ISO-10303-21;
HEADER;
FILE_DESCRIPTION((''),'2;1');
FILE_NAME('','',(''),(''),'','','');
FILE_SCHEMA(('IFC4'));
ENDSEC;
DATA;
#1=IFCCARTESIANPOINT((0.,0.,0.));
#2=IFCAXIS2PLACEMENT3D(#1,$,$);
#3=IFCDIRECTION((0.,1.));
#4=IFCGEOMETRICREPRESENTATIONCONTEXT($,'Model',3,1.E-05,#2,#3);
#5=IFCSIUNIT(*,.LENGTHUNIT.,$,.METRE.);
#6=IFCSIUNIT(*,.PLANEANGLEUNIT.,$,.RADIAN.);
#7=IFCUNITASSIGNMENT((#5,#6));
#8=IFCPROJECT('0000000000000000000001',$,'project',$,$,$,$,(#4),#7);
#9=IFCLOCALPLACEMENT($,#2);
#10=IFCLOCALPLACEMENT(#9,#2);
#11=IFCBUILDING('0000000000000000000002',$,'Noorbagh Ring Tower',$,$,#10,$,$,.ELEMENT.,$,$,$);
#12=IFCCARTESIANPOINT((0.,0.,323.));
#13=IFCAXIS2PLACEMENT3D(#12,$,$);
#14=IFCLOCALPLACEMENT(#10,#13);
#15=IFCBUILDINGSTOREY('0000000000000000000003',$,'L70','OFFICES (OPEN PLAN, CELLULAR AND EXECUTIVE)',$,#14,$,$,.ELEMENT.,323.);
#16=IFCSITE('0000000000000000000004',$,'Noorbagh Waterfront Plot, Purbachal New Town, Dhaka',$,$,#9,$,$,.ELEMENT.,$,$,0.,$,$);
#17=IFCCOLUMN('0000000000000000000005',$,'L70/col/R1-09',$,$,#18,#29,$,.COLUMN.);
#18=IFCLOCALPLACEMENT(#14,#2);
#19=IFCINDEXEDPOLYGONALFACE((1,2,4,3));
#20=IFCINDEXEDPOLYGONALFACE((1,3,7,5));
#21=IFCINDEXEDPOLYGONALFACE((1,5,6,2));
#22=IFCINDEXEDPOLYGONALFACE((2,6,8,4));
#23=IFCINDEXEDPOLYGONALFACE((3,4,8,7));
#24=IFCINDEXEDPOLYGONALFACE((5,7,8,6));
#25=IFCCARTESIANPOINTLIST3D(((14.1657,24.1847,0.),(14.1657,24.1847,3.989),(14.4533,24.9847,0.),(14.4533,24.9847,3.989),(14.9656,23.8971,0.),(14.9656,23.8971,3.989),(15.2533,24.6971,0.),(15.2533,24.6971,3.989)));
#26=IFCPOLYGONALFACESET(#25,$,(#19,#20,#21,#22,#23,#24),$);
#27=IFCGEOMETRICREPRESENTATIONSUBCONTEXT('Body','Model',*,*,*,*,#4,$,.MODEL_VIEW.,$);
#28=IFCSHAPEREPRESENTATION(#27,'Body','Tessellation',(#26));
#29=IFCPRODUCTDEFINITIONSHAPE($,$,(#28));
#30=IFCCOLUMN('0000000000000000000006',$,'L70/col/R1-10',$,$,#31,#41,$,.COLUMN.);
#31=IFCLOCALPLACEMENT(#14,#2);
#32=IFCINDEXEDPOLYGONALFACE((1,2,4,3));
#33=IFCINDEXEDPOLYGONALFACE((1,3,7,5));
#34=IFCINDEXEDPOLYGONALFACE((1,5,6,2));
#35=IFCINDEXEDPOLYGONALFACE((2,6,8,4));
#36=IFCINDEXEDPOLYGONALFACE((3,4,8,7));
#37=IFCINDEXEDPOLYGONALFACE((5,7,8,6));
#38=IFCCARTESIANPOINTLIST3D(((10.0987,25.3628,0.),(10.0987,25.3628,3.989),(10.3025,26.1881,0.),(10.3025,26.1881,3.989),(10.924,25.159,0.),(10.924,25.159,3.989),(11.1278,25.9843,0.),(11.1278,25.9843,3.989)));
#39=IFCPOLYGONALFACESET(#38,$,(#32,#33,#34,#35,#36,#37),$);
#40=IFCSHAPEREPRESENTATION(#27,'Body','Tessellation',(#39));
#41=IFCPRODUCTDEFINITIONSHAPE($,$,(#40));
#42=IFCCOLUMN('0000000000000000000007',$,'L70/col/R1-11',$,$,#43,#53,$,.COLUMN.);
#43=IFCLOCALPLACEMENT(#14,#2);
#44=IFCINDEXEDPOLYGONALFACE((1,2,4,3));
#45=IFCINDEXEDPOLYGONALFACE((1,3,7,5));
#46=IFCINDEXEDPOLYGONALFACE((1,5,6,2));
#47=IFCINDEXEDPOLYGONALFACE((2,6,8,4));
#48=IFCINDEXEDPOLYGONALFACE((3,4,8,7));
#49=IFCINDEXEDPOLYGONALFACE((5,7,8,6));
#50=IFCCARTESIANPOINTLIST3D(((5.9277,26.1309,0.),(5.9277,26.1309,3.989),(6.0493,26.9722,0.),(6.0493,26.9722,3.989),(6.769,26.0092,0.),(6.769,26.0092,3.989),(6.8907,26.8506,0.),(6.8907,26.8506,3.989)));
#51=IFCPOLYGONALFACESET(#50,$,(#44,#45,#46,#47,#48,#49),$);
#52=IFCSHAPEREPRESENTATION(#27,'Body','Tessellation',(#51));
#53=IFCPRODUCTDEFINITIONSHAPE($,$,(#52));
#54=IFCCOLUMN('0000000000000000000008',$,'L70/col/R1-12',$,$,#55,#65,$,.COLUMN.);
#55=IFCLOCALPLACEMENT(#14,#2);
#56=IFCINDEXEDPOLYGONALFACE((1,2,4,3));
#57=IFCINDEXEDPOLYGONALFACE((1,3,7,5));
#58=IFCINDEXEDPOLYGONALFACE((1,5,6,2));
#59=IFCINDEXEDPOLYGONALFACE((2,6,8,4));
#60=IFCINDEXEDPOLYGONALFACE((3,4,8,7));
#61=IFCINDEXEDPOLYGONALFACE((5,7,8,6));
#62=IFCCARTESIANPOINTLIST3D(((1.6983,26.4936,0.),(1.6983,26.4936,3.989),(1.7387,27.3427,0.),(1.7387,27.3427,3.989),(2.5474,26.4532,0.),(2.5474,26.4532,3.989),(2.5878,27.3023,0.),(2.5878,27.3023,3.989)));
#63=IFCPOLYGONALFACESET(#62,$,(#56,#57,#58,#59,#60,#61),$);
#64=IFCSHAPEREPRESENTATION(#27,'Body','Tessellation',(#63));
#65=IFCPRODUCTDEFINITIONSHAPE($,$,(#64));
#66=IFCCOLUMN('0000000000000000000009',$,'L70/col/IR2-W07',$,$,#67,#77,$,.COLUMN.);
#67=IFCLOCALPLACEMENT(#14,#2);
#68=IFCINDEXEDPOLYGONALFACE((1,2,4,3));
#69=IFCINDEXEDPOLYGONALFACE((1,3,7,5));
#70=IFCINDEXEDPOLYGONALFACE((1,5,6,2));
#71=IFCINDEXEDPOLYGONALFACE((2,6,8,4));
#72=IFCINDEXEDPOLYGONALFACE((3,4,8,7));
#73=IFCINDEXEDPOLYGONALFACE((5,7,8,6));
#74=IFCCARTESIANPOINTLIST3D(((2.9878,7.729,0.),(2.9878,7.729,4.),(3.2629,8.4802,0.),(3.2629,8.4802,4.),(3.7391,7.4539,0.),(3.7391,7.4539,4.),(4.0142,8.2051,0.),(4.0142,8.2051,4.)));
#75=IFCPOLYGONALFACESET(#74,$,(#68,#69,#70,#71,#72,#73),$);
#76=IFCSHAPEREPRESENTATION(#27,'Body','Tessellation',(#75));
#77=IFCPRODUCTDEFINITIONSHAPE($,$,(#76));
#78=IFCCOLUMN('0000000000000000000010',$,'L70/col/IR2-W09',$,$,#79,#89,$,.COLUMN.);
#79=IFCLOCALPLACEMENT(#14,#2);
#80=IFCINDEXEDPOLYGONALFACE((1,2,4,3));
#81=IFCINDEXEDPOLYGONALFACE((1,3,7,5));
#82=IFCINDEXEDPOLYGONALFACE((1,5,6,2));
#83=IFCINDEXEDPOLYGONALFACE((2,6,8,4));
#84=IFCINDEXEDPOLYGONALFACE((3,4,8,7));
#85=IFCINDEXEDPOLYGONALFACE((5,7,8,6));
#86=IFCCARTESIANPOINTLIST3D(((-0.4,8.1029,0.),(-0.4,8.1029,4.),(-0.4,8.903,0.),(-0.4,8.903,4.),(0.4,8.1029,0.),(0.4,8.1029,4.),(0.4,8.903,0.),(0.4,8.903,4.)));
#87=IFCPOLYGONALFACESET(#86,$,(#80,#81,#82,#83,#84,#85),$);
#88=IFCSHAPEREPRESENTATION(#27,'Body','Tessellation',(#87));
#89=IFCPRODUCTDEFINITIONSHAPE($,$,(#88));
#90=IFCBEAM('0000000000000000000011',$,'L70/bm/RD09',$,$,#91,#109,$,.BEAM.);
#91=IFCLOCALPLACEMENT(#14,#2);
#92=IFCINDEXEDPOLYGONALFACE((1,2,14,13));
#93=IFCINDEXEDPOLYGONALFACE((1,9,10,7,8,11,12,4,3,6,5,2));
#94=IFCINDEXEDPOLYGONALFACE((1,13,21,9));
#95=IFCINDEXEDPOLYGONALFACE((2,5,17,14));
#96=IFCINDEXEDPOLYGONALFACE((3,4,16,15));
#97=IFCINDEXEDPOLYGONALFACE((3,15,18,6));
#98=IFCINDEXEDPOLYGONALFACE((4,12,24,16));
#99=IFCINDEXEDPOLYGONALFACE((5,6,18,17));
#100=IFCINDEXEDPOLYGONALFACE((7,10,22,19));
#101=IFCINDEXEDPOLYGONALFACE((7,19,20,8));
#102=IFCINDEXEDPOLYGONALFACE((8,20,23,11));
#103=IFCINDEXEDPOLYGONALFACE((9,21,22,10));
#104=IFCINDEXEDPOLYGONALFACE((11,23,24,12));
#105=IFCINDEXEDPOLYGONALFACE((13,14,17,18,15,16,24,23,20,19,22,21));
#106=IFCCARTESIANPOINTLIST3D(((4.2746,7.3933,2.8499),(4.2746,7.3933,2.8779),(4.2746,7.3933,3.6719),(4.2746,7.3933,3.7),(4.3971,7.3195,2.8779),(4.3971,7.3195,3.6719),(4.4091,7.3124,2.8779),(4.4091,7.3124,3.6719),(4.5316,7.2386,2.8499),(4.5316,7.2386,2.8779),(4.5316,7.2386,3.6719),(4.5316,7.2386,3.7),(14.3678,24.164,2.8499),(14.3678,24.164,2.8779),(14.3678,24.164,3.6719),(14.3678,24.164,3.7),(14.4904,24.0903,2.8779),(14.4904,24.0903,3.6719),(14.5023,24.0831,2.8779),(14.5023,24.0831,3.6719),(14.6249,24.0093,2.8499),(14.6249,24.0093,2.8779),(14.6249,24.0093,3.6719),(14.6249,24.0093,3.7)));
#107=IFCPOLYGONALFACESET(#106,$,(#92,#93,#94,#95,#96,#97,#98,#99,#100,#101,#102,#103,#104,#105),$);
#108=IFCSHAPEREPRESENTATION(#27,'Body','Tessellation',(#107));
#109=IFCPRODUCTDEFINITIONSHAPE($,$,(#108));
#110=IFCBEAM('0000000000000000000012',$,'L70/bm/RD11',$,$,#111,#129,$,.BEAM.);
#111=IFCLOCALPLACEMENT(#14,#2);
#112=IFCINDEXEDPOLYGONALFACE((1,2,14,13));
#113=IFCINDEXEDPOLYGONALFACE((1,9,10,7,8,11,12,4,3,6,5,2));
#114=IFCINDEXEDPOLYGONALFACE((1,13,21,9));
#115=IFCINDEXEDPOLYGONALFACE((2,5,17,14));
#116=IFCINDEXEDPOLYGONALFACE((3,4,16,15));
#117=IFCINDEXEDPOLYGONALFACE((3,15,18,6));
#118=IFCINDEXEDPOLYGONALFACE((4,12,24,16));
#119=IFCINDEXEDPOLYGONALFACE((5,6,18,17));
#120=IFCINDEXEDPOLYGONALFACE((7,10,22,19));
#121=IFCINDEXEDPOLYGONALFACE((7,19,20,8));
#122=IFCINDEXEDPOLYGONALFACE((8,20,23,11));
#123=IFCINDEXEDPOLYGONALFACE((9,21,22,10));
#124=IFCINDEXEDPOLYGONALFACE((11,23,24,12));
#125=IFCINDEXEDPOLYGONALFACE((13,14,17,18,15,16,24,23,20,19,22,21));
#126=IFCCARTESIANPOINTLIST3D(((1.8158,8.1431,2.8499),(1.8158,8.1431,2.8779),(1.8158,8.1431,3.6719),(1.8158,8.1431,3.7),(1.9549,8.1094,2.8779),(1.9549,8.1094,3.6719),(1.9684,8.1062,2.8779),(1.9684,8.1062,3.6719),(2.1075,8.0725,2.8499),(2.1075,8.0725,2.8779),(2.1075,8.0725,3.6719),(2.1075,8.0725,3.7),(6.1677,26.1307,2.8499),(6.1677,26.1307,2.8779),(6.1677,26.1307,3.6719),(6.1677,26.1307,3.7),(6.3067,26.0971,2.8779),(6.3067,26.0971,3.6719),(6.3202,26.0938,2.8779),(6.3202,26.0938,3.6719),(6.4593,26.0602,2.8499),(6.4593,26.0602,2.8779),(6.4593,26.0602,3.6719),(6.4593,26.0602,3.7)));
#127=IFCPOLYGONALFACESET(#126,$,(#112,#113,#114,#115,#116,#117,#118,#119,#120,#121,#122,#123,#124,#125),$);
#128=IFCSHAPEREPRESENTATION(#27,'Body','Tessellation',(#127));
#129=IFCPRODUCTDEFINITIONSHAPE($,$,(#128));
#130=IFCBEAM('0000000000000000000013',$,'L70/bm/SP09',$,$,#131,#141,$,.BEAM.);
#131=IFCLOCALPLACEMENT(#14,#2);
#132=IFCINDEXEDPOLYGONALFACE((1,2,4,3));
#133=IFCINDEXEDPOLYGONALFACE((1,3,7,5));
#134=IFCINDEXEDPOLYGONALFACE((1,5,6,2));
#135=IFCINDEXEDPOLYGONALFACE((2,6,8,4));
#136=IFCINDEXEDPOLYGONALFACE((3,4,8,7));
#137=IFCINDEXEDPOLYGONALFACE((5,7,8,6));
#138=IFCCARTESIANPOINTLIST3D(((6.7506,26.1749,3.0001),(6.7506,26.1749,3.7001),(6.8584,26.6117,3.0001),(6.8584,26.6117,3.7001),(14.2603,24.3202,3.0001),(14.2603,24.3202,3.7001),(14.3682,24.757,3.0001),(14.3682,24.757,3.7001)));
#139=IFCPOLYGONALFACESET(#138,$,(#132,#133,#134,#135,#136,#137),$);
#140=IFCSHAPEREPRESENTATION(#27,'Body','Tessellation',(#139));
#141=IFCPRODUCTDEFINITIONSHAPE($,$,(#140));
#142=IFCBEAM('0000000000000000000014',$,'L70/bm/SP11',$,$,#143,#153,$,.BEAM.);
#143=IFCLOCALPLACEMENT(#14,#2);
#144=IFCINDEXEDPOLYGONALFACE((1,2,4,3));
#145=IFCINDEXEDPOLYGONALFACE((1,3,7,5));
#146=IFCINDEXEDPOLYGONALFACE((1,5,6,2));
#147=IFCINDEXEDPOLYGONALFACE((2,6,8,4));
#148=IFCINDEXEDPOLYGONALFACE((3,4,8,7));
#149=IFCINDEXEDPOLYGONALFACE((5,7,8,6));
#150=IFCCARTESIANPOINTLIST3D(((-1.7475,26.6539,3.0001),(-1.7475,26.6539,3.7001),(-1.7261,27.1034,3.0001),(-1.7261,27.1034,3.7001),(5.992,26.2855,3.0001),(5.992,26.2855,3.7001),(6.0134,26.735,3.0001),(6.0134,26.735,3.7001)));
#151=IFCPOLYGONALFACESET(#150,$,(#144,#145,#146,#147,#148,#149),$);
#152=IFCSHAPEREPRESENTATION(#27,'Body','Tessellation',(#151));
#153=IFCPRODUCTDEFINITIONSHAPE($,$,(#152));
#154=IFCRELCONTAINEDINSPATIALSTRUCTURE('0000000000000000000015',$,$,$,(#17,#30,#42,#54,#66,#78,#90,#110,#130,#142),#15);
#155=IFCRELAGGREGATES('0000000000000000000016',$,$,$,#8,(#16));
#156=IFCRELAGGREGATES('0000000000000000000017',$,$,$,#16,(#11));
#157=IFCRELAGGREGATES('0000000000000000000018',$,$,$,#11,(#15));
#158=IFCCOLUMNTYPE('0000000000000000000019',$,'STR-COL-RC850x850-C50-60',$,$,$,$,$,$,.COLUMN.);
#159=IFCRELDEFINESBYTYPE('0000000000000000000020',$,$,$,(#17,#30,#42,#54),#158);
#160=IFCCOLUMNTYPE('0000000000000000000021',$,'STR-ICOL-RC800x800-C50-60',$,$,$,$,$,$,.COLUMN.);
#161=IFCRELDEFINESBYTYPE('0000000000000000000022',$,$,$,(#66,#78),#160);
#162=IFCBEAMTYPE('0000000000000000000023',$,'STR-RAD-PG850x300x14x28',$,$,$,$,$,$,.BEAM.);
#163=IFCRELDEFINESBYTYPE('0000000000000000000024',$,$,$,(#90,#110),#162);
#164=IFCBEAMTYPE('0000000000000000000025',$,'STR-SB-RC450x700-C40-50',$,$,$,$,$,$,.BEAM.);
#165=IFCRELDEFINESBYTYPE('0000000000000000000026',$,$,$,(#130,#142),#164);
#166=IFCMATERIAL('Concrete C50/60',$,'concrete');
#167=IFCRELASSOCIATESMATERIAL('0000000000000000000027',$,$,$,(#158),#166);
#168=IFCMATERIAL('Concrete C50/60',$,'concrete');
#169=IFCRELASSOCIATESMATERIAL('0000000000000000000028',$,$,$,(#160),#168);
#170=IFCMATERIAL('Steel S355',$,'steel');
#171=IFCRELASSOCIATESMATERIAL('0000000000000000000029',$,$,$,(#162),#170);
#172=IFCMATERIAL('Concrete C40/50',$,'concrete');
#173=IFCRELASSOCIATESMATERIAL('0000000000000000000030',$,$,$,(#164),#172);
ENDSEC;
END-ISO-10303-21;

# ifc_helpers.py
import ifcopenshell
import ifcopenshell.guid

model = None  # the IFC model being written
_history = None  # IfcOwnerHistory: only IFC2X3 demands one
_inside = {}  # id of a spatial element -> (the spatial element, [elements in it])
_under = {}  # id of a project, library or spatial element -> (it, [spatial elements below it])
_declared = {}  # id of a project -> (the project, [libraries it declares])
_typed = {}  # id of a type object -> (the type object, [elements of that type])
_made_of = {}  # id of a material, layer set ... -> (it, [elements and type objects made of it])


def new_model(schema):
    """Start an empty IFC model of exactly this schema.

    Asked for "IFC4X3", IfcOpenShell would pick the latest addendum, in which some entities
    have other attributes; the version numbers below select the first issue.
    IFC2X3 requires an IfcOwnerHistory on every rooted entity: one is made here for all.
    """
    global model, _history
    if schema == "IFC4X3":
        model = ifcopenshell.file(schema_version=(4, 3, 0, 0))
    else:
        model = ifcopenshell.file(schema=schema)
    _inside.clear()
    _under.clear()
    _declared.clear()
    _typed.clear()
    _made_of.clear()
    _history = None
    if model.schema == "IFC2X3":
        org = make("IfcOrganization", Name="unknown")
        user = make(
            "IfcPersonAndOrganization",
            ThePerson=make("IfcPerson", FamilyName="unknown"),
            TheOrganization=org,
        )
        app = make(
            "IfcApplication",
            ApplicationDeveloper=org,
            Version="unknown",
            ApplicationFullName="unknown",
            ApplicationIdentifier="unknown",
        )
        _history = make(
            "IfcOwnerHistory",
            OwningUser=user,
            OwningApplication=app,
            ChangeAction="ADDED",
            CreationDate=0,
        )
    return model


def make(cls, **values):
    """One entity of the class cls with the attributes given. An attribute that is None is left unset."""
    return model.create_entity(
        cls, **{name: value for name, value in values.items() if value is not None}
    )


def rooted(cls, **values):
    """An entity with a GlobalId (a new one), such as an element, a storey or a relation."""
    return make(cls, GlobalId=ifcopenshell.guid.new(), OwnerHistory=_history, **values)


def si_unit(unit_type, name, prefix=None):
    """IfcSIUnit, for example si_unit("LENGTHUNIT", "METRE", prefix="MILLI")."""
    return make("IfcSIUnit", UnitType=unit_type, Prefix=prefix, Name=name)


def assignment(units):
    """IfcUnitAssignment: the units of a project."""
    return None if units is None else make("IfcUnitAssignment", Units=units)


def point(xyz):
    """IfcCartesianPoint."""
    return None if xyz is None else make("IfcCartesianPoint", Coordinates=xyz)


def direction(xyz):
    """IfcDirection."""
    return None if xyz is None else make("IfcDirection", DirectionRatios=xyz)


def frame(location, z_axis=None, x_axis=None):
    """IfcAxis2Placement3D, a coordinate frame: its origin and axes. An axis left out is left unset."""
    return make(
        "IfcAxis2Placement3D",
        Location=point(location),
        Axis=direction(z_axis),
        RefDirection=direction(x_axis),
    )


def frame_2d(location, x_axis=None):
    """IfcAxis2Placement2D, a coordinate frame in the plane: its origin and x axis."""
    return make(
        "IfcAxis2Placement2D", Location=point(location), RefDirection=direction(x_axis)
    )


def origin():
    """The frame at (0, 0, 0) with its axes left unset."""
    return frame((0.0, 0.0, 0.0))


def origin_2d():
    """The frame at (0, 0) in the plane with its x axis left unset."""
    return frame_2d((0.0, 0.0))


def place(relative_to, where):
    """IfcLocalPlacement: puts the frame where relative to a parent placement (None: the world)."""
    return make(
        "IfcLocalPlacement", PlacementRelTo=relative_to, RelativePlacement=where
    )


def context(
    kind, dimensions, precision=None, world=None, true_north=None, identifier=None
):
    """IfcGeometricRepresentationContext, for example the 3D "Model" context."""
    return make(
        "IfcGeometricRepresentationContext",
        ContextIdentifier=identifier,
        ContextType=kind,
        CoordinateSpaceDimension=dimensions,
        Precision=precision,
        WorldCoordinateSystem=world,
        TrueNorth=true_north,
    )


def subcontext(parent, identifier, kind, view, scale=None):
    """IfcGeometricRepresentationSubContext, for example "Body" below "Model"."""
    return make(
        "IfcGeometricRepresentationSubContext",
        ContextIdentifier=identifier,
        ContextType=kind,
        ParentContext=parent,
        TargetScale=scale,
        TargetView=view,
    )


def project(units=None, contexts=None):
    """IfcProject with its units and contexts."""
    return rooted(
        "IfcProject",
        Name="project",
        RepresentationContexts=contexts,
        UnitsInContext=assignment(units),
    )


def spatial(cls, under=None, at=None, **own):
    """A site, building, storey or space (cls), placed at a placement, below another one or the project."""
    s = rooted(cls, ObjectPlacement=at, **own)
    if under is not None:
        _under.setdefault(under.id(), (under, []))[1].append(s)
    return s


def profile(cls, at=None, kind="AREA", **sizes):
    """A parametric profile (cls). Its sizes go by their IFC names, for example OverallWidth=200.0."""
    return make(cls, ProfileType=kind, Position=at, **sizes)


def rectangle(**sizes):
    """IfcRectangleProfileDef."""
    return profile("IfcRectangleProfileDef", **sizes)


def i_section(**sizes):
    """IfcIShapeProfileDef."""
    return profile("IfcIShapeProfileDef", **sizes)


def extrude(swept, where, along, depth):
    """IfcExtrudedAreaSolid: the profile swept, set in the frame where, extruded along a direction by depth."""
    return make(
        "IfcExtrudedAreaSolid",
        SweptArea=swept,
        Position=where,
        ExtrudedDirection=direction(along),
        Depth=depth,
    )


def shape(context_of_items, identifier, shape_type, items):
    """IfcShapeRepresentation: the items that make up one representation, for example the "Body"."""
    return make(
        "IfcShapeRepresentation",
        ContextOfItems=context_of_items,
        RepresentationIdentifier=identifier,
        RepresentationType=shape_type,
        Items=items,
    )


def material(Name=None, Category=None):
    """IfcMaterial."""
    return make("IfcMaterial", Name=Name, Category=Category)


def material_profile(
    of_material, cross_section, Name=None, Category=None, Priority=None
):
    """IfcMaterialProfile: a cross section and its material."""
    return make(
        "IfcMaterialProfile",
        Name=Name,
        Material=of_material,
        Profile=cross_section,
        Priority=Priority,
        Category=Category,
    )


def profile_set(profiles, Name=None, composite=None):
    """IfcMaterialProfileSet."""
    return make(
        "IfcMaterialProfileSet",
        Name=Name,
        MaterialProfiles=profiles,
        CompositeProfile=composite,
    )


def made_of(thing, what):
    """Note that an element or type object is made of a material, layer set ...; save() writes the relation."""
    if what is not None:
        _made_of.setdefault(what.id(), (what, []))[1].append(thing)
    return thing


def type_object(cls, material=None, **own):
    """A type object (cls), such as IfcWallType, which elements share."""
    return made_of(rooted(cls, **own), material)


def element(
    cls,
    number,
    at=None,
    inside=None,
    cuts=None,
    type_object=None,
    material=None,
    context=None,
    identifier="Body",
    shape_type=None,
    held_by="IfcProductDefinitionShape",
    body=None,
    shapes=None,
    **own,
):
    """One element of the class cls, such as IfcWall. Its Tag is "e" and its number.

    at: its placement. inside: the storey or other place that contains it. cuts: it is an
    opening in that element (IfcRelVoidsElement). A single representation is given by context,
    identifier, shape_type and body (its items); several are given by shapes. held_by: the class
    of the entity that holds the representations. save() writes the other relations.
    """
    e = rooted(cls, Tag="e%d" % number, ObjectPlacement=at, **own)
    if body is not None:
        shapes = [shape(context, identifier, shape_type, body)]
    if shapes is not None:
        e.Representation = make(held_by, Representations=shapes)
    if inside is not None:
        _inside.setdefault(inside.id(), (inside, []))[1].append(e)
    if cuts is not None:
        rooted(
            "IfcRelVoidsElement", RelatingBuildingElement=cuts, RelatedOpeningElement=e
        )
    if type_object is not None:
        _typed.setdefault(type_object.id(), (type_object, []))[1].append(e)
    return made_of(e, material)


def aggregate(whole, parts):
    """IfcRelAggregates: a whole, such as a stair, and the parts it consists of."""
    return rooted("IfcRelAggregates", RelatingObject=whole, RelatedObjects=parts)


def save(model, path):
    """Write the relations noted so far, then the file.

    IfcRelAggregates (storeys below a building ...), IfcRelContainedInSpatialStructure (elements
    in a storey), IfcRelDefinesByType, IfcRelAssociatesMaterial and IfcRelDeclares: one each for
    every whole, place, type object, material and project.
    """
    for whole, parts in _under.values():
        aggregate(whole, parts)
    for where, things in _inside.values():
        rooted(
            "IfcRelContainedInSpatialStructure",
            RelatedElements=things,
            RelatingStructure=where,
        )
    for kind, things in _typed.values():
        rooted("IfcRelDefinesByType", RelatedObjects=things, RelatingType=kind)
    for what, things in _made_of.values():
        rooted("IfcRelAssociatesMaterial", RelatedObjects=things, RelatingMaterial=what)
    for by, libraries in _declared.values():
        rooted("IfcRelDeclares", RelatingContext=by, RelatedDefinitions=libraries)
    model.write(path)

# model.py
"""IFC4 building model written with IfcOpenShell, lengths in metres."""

from ifc_helpers import new_model, si_unit, direction, frame, origin, origin_2d, place, context, subcontext, project, spatial, rectangle, i_section, extrude, material, material_profile, profile_set, type_object, element, save


model = new_model("IFC4")

# Units and contexts
model_context = context("Model", 3, precision=1e-05, world=origin(), true_north=direction((0.0, 1.0)))
body_context = subcontext(model_context, "Body", "Model", "MODEL_VIEW")
ifc_project = project(units=[si_unit("LENGTHUNIT", "METRE"), si_unit("PLANEANGLEUNIT", "RADIAN")], contexts=[model_context])

# Site, building, storey
site_placement = place(None, origin())
site = spatial("IfcSite", under=ifc_project, at=site_placement, Name="Noorbagh Waterfront Plot, Purbachal New Town, Dhaka", CompositionType="ELEMENT", RefElevation=0.0)
building_placement = place(site_placement, origin())
building = spatial("IfcBuilding", under=site, at=building_placement, Name="Noorbagh Ring Tower", CompositionType="ELEMENT")
storey_placement = place(building_placement, frame((0.0, 0.0, 323.0)))
storey = spatial("IfcBuildingStorey", under=building, at=storey_placement, Name="L70", Description="OFFICES (OPEN PLAN, CELLULAR AND EXECUTIVE)", CompositionType="ELEMENT", Elevation=323.0)

# Columns
ifc_material_1 = material(Name="Concrete C50/60", Category="concrete")
ifc_material_profile_1 = material_profile(ifc_material_1, rectangle(XDim=0.8501, YDim=0.8501, at=origin_2d()), Name="RC850x850")
ifc_profile_set_1 = profile_set([ifc_material_profile_1], Name="Concrete C50/60")
column_type_1 = type_object("IfcColumnType", Name="STR-COL-RC850x850-C50-60", PredefinedType="COLUMN", material=ifc_profile_set_1)
for number, where, z_axis, x_axis, name in (
    (1, (14.7095, 24.4409, 0.0), (0.0, 0.0, 1.0), (-0.941025, 0.338338, 0.0), "L70/col/R1-09"),
    (2, (10.6133, 25.6736, 0.0), (0.0, 0.0, 1.0), (-0.970829, 0.239771, 0.0), "L70/col/R1-10"),
    (3, (6.4092, 26.4907, 0.0), (0.0, 0.0, 1.0), (-0.989713, 0.143066, 0.0), "L70/col/R1-11"),
    (4, (2.1431, 26.8979, 0.0), (0.0, 0.0, 1.0), (-0.998869, 0.047553, 0.0), "L70/col/R1-12"),
):
    element("IfcColumn", number, at=place(storey_placement, frame(where, z_axis=z_axis, x_axis=x_axis)), inside=storey, type_object=column_type_1, Name=name, PredefinedType="COLUMN", context=body_context, shape_type="SweptSolid", body=[
        extrude(rectangle(XDim=0.8501, YDim=0.8501, at=origin_2d()), origin(), (0.0, 0.0, 1.0), 3.989),
    ])
ifc_material_2 = material(Name="Concrete C50/60", Category="concrete")
ifc_material_profile_2 = material_profile(ifc_material_2, rectangle(XDim=0.8, YDim=0.8, at=origin_2d()), Name="RC800x800")
ifc_profile_set_2 = profile_set([ifc_material_profile_2], Name="Concrete C50/60")
column_type_2 = type_object("IfcColumnType", Name="STR-ICOL-RC800x800-C50-60", PredefinedType="COLUMN", material=ifc_profile_set_2)
for number, where, z_axis, x_axis, name in (
    (5, (3.501, 7.967, 0.0), (0.0, 0.0, 1.0), (-0.93902, 0.343864, 0.0), "L70/col/IR2-W07"),
    (6, (0.0, 8.5029, 0.0), (0.0, 0.0, 1.0), (-1.0, 0.0, 0.0), "L70/col/IR2-W09"),
):
    element("IfcColumn", number, at=place(storey_placement, frame(where, z_axis=z_axis, x_axis=x_axis)), inside=storey, type_object=column_type_2, Name=name, PredefinedType="COLUMN", context=body_context, shape_type="SweptSolid", body=[
        extrude(rectangle(XDim=0.8, YDim=0.8, at=origin_2d()), origin(), (0.0, 0.0, 1.0), 4.0),
    ])

# Beams
ifc_material_3 = material(Name="Steel S355", Category="steel")
ifc_material_profile_3 = material_profile(ifc_material_3, i_section(OverallWidth=0.3, OverallDepth=0.8501, WebThickness=0.0139, FlangeThickness=0.0281, at=origin_2d()), Name="PG850x300x14x28")
ifc_profile_set_3 = profile_set([ifc_material_profile_3], Name="Steel S355")
beam_type_1 = type_object("IfcBeamType", Name="STR-RAD-PG850x300x14x28", PredefinedType="BEAM", material=ifc_profile_set_3)
beam_1_placement = place(storey_placement, frame((14.4963, 24.0867, 3.2749), z_axis=(-0.515653, -0.856798, 0.0), x_axis=(0.856798, -0.515653, 0.0)))
element("IfcBeam", 7, at=beam_1_placement, inside=storey, type_object=beam_type_1, Name="L70/bm/RD09", PredefinedType="BEAM", context=body_context, shape_type="SweptSolid", body=[
    extrude(i_section(OverallWidth=0.3, OverallDepth=0.8501, WebThickness=0.0139, FlangeThickness=0.0281, at=origin_2d()), origin(), (0.0, 0.0, 1.0), 19.5737),
])
beam_2_placement = place(storey_placement, frame((6.3135, 26.0955, 3.2749), z_axis=(-0.23515, -0.971959, 0.0), x_axis=(0.971959, -0.23515, 0.0)))
element("IfcBeam", 8, at=beam_2_placement, inside=storey, type_object=beam_type_1, Name="L70/bm/RD11", PredefinedType="BEAM", context=body_context, shape_type="SweptSolid", body=[
    extrude(i_section(OverallWidth=0.3, OverallDepth=0.8501, WebThickness=0.0139, FlangeThickness=0.0281, at=origin_2d()), origin(), (0.0, 0.0, 1.0), 18.5066),
])
ifc_material_4 = material(Name="Concrete C40/50", Category="concrete")
ifc_material_profile_4 = material_profile(ifc_material_4, rectangle(XDim=0.45, YDim=0.7, at=origin_2d()), Name="RC450x700")
ifc_profile_set_4 = profile_set([ifc_material_profile_4], Name="Concrete C40/50")
beam_type_2 = type_object("IfcBeamType", Name="STR-SB-RC450x700-C40-50", PredefinedType="BEAM", material=ifc_profile_set_4)
beam_3_placement = place(storey_placement, frame((14.3142, 24.5386, 3.3501), z_axis=(-0.970829, 0.239772, 0.0), x_axis=(-0.239772, -0.970829, 0.0)))
element("IfcBeam", 9, at=beam_3_placement, inside=storey, type_object=beam_type_2, Name="L70/bm/SP09", PredefinedType="BEAM", context=body_context, shape_type="SweptSolid", body=[
    extrude(rectangle(XDim=0.45, YDim=0.7, at=origin_2d()), origin(), (0.0, 0.0, 1.0), 7.7354),
])
beam_4_placement = place(storey_placement, frame((6.0027, 26.5103, 3.3501), z_axis=(-0.998869, 0.047547, 0.0), x_axis=(-0.047547, -0.998869, 0.0)))
element("IfcBeam", 10, at=beam_4_placement, inside=storey, type_object=beam_type_2, Name="L70/bm/SP11", PredefinedType="BEAM", context=body_context, shape_type="SweptSolid", body=[
    extrude(rectangle(XDim=0.45, YDim=0.7, at=origin_2d()), origin(), (0.0, 0.0, 1.0), 7.7483),
])

save(model, "model.ifc")
